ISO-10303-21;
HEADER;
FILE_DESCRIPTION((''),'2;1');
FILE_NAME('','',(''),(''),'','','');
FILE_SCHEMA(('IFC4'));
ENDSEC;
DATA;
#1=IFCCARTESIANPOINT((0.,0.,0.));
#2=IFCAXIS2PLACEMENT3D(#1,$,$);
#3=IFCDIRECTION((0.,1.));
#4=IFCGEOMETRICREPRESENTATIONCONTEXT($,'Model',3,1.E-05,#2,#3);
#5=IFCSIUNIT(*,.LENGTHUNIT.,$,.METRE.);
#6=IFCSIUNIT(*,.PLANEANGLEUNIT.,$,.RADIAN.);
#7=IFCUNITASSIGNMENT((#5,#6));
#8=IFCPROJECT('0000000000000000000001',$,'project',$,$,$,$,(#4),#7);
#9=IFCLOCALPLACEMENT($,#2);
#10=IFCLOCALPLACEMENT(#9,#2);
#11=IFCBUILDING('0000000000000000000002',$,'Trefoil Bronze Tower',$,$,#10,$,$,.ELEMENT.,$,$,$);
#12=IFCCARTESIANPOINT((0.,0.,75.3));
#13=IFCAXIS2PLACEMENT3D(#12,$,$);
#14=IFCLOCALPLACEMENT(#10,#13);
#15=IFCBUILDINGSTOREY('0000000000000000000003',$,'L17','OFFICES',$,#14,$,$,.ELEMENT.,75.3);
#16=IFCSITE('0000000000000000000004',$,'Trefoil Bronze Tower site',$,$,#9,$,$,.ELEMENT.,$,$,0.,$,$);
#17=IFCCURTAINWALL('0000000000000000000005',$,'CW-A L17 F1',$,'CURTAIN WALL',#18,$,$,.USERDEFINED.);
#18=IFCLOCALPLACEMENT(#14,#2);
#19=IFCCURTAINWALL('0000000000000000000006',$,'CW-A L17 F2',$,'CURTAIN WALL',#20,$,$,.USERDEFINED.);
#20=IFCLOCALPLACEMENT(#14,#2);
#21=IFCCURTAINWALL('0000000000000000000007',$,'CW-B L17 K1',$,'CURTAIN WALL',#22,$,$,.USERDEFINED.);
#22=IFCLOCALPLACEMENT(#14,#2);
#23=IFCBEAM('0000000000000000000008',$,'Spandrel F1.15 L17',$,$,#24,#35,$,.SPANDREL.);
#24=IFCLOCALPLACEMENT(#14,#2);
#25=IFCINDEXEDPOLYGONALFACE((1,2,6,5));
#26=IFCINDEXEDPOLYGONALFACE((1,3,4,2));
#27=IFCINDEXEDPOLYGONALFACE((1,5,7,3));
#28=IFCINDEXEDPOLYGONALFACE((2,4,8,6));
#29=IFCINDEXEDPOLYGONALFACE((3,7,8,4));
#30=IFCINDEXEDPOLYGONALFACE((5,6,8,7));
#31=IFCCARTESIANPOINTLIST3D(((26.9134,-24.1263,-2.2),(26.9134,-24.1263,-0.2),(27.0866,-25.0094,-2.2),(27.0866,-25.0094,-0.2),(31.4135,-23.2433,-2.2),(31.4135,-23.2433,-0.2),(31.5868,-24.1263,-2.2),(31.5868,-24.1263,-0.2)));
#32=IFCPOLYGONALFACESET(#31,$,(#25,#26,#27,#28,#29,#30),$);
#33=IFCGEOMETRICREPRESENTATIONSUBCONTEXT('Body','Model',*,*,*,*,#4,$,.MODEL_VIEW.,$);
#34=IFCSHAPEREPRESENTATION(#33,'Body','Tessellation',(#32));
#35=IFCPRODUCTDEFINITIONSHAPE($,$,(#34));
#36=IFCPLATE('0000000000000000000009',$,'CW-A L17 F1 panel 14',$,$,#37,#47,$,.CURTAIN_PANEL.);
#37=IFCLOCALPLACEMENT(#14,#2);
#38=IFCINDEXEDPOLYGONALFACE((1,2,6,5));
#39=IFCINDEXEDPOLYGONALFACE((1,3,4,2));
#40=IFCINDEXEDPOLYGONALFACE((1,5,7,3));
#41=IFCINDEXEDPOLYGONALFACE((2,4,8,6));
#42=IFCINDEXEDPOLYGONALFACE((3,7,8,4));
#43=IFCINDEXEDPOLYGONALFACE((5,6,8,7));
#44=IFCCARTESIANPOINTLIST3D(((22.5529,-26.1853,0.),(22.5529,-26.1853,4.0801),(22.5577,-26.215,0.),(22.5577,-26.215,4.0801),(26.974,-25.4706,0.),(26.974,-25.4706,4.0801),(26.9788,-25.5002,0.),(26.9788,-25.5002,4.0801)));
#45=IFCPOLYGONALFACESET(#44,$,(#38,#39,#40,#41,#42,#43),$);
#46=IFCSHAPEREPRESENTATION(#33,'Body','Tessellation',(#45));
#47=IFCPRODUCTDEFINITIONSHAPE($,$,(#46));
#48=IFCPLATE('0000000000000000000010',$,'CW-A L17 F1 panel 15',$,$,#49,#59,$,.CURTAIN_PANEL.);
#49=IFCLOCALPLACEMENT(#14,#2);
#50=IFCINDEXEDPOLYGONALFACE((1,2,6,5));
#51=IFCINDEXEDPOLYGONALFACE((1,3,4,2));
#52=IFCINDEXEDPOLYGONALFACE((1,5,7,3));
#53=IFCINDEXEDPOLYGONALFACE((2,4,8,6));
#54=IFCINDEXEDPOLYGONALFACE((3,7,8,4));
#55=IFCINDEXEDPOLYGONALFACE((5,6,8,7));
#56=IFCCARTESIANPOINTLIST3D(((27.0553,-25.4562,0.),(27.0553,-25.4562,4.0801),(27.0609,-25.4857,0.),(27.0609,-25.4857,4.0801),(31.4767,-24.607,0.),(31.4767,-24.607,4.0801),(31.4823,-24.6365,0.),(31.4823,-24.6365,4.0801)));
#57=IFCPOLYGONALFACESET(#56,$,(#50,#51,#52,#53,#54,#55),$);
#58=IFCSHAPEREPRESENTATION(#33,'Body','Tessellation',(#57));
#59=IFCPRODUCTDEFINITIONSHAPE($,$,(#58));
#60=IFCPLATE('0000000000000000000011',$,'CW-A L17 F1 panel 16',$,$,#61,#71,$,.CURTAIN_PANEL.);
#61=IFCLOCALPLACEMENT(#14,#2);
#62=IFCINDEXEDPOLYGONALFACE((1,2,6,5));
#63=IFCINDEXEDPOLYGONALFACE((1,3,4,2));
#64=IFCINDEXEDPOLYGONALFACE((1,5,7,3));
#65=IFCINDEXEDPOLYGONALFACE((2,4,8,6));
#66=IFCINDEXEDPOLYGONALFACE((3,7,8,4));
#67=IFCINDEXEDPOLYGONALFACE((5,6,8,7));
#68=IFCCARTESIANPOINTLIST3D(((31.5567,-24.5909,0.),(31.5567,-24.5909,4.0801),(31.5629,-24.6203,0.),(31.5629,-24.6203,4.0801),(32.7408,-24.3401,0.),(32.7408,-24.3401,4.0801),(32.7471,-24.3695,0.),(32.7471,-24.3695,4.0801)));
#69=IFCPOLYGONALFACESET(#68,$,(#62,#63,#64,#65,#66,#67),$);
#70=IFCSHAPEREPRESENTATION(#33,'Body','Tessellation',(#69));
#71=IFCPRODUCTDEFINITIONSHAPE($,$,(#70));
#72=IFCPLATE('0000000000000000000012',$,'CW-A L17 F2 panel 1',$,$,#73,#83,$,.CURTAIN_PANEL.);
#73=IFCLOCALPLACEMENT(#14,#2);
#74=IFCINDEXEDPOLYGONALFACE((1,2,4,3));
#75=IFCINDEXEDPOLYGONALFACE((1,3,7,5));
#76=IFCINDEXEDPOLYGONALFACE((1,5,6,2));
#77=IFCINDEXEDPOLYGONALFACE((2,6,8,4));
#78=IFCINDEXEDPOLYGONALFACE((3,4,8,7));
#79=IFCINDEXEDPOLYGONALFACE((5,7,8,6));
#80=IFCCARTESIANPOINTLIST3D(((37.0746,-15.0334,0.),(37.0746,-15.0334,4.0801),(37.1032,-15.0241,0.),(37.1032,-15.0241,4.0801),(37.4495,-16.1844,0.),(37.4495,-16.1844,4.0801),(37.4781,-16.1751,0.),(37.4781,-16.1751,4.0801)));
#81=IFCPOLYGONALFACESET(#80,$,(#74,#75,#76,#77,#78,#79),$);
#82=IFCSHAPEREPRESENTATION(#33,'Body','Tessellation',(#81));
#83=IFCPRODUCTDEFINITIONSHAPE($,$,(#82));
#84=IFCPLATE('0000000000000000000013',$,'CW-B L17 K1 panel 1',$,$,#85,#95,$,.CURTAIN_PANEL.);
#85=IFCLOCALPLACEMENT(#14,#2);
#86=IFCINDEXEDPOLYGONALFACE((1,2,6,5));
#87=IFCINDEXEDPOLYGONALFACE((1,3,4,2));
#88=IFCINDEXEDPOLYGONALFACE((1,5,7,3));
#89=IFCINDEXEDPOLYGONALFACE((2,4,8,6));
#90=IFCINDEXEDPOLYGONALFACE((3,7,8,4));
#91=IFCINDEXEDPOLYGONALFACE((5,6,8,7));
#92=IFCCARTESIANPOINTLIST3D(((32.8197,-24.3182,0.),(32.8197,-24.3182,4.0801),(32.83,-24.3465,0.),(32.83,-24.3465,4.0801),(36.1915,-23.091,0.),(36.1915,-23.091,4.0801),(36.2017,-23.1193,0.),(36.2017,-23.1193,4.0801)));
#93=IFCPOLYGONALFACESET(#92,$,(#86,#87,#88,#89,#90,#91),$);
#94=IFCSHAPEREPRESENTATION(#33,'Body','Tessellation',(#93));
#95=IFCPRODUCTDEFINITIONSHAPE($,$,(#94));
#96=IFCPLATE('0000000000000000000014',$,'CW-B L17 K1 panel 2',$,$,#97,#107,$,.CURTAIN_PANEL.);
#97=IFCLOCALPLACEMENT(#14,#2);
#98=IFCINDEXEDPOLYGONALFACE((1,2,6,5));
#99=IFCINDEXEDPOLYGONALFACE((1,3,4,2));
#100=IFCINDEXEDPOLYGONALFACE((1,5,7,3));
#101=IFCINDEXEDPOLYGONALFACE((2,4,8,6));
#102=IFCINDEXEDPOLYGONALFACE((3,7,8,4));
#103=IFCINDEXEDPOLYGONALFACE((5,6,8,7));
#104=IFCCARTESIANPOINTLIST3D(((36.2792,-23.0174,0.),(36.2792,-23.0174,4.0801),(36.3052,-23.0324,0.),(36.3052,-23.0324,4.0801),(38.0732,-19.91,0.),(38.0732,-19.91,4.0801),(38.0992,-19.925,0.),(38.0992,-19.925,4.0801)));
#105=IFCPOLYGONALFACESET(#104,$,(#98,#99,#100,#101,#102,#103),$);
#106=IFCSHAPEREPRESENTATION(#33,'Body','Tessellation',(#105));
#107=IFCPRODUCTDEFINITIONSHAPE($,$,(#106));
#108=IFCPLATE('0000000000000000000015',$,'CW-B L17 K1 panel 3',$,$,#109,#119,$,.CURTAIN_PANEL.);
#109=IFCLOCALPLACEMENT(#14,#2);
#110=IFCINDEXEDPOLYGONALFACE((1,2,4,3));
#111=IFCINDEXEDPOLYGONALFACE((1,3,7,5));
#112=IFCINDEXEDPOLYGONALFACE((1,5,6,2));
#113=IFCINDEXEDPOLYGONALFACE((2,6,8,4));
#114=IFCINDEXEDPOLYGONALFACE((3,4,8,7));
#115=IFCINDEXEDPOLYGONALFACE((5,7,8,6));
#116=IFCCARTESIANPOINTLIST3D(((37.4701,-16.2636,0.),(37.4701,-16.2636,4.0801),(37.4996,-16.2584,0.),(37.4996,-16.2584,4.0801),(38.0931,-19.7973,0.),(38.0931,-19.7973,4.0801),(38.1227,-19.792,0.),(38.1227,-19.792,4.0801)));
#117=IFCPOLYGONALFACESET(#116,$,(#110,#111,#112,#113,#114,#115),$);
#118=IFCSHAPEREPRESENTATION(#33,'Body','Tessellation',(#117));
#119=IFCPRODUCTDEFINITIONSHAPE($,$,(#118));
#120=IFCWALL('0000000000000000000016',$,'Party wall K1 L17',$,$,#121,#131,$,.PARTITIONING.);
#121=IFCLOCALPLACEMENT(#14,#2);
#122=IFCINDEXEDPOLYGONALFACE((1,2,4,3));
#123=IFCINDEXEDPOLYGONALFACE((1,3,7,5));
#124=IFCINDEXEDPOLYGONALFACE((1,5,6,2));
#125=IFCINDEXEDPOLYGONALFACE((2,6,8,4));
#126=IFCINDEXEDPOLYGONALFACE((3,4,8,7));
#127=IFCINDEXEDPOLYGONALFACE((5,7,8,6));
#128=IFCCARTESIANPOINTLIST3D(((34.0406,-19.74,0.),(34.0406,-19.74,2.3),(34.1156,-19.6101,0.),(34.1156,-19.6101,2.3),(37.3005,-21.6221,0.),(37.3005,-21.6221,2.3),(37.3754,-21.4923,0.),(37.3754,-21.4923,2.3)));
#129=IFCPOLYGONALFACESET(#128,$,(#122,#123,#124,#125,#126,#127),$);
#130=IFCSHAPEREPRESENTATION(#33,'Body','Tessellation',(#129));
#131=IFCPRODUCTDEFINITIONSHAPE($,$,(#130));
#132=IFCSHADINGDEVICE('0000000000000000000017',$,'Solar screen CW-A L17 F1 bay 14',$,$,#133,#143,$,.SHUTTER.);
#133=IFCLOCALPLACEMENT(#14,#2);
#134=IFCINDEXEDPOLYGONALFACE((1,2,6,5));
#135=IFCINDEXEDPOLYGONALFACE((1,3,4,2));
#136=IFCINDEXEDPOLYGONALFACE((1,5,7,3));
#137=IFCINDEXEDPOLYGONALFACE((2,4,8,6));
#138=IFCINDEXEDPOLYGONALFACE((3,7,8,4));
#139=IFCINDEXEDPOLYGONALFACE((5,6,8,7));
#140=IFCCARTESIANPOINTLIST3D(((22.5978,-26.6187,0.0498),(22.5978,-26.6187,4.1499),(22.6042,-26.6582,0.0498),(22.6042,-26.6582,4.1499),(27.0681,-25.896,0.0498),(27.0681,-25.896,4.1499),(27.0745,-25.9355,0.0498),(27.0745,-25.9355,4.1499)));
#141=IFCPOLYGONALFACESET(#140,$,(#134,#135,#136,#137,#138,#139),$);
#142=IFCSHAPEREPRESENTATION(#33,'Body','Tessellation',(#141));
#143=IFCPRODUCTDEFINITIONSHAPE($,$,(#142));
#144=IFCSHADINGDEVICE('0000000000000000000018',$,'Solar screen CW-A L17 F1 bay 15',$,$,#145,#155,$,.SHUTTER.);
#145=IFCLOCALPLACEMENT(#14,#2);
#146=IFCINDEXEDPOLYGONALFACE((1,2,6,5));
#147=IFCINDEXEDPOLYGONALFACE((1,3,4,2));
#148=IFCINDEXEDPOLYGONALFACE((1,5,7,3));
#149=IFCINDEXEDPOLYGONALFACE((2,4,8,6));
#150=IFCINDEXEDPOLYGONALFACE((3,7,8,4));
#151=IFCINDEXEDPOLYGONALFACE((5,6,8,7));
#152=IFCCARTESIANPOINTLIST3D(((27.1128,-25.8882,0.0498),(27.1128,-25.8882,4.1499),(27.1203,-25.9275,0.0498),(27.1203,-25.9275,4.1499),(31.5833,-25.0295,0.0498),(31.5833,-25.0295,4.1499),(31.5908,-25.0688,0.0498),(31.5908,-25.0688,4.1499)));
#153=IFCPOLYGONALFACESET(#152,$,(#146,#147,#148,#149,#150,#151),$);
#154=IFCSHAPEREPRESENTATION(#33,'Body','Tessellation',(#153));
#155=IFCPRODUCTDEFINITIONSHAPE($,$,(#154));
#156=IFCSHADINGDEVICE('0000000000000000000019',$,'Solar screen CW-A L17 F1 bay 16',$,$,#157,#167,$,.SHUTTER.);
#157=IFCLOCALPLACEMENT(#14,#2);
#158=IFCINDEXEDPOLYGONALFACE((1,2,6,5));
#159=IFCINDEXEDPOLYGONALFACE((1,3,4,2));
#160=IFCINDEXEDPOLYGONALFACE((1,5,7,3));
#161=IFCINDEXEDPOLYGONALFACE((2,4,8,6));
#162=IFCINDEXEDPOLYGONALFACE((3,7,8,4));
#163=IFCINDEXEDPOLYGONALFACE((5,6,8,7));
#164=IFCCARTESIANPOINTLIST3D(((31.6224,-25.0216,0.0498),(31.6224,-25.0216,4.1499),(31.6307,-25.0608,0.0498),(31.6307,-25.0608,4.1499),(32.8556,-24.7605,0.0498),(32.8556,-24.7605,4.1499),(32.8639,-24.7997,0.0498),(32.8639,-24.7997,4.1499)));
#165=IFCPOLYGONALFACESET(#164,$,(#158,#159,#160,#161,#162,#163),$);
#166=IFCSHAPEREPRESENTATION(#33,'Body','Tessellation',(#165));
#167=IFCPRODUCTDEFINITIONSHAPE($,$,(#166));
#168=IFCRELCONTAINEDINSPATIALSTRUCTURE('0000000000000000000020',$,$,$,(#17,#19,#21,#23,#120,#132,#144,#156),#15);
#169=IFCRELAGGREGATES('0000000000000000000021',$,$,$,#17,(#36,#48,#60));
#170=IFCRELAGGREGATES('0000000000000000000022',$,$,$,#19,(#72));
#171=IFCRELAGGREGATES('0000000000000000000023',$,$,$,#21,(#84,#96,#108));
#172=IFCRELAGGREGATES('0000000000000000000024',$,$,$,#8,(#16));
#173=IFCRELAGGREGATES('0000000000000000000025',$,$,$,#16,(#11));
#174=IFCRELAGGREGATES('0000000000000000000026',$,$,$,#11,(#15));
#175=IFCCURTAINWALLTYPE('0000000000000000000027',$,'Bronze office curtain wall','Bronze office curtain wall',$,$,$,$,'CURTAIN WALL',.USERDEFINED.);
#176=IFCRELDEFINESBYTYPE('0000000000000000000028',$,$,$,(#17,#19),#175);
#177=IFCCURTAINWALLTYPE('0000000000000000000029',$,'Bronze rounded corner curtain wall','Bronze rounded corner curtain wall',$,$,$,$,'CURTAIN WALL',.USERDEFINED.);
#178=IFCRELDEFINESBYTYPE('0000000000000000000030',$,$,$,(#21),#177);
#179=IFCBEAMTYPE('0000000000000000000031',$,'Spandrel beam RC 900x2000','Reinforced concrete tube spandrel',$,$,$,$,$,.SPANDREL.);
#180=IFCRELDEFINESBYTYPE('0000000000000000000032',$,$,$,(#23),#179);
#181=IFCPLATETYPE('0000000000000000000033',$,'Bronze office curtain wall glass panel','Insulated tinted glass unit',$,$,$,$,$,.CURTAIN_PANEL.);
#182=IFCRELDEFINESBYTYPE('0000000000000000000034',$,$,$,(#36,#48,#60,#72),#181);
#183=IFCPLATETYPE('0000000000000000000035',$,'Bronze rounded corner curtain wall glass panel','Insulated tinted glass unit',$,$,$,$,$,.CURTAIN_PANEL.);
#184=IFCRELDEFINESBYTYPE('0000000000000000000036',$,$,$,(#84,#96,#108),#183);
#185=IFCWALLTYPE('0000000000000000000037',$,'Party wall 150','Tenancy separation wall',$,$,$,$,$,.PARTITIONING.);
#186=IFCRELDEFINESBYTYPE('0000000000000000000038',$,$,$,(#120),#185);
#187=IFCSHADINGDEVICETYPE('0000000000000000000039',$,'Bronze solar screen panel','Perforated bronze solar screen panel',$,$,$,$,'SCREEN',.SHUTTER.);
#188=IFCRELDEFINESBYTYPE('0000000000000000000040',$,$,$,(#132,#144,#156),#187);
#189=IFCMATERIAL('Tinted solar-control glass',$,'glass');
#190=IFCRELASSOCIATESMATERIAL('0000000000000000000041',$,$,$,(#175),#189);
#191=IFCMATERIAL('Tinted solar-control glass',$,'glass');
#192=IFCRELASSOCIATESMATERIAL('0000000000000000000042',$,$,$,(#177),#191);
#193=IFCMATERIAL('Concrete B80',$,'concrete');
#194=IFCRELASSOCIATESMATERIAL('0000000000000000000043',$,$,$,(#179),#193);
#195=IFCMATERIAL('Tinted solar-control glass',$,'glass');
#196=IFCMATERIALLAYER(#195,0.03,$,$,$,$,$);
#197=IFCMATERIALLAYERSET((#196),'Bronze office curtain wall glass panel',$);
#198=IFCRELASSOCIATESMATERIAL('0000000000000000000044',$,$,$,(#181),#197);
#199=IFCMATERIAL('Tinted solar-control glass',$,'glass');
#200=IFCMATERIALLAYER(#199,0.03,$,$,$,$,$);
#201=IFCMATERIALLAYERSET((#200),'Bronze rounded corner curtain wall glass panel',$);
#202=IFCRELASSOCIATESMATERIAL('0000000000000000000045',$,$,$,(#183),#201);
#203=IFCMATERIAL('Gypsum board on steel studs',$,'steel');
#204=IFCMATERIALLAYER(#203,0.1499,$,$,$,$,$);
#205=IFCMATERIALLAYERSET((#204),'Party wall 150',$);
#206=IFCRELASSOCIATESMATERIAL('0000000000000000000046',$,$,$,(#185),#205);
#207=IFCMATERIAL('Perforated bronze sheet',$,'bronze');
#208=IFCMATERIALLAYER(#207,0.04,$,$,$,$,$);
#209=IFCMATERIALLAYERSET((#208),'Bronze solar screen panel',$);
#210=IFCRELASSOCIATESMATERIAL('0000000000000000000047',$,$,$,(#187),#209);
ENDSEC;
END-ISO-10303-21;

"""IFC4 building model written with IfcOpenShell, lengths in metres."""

from ifc_helpers import new_model, si_unit, direction, frame, frame_2d, origin, origin_2d, place, context, subcontext, project, spatial, rectangle, extrude, material, layer, layer_set, material_profile, profile_set, type_object, element, aggregate, save


model = new_model("IFC4")

# Units and contexts
model_context = context("Model", 3, precision=1e-05, world=origin(), true_north=direction((0.0, 1.0)))
body_context = subcontext(model_context, "Body", "Model", "MODEL_VIEW")
ifc_project = project(units=[si_unit("LENGTHUNIT", "METRE"), si_unit("PLANEANGLEUNIT", "RADIAN")], contexts=[model_context])

# Site, building, storey
site_placement = place(None, origin())
site = spatial("IfcSite", under=ifc_project, at=site_placement, Name="Trefoil Bronze Tower site", CompositionType="ELEMENT", RefElevation=0.0)
building_placement = place(site_placement, origin())
building = spatial("IfcBuilding", under=site, at=building_placement, Name="Trefoil Bronze Tower", CompositionType="ELEMENT")
storey_placement = place(building_placement, frame((0.0, 0.0, 75.3)))
storey = spatial("IfcBuildingStorey", under=building, at=storey_placement, Name="L17", Description="OFFICES", CompositionType="ELEMENT", Elevation=75.3)

# Curtain wall
ifc_material_1 = material(Name="Tinted solar-control glass", Category="glass")
curtain_wall_type_1 = type_object("IfcCurtainWallType", Name="Bronze office curtain wall", Description="Bronze office curtain wall", ElementType="CURTAIN WALL", PredefinedType="USERDEFINED", material=ifc_material_1)
curtain_wall_1_placement = place(storey_placement, origin())
curtain_wall_1 = element("IfcCurtainWall", 1, at=curtain_wall_1_placement, inside=storey, type_object=curtain_wall_type_1, Name="CW-A L17 F1", ObjectType="CURTAIN WALL", PredefinedType="USERDEFINED")

# Curtain wall
curtain_wall_2_placement = place(storey_placement, origin())
curtain_wall_2 = element("IfcCurtainWall", 2, at=curtain_wall_2_placement, inside=storey, type_object=curtain_wall_type_1, Name="CW-A L17 F2", ObjectType="CURTAIN WALL", PredefinedType="USERDEFINED")

# Curtain wall
ifc_material_2 = material(Name="Tinted solar-control glass", Category="glass")
curtain_wall_type_2 = type_object("IfcCurtainWallType", Name="Bronze rounded corner curtain wall", Description="Bronze rounded corner curtain wall", ElementType="CURTAIN WALL", PredefinedType="USERDEFINED", material=ifc_material_2)
curtain_wall_3_placement = place(storey_placement, origin())
curtain_wall_3 = element("IfcCurtainWall", 3, at=curtain_wall_3_placement, inside=storey, type_object=curtain_wall_type_2, Name="CW-B L17 K1", ObjectType="CURTAIN WALL", PredefinedType="USERDEFINED")

# Beam
ifc_material_3 = material(Name="Concrete B80", Category="concrete")
ifc_material_profile_1 = material_profile(ifc_material_3, rectangle(XDim=0.8999, YDim=2.0, at=origin_2d()), Name="RC 900x2000")
ifc_profile_set_1 = profile_set([ifc_material_profile_1], Name="Concrete B80")
beam_type_1 = type_object("IfcBeamType", Name="Spandrel beam RC 900x2000", Description="Reinforced concrete tube spandrel", PredefinedType="SPANDREL", material=ifc_profile_set_1)
beam_1_placement = place(storey_placement, frame((27.0, -24.5679, -1.2), z_axis=(0.981285, 0.192562, 0.0), x_axis=(-0.192562, 0.981285, 0.0)))
element("IfcBeam", 4, at=beam_1_placement, inside=storey, type_object=beam_type_1, Name="Spandrel F1.15 L17", PredefinedType="SPANDREL", context=body_context, shape_type="SweptSolid", body=[
    extrude(rectangle(XDim=0.8999, YDim=2.0, at=origin_2d()), origin(), (0.0, 0.0, 1.0), 4.5859),
])

# Plates
ifc_material_4 = material(Name="Tinted solar-control glass", Category="glass")
ifc_layer_1 = layer(ifc_material_4, 0.03)
ifc_layer_set_1 = layer_set([ifc_layer_1], Name="Bronze office curtain wall glass panel")
plate_type_1 = type_object("IfcPlateType", Name="Bronze office curtain wall glass panel", Description="Insulated tinted glass unit", PredefinedType="CURTAIN_PANEL", material=ifc_layer_set_1)
plate_1_placement = place(storey_placement, frame((24.7659, -25.8428, 0.0), z_axis=(0.0, 0.0, 1.0), x_axis=(0.987181, 0.159603, 0.0)))
plate_1 = element("IfcPlate", 5, at=plate_1_placement, type_object=plate_type_1, Name="CW-A L17 F1 panel 14", PredefinedType="CURTAIN_PANEL", context=body_context, shape_type="SweptSolid", body=[
    extrude(rectangle(XDim=4.4785, YDim=0.03, at=origin_2d()), origin(), (0.0, 0.0, 1.0), 4.0801),
])
plate_2_placement = place(storey_placement, frame((29.2688, -25.0464, 0.0), z_axis=(0.0, 0.0, 1.0), x_axis=(0.98205, 0.188622, 0.0)))
plate_2 = element("IfcPlate", 6, at=plate_2_placement, type_object=plate_type_1, Name="CW-A L17 F1 panel 15", PredefinedType="CURTAIN_PANEL", context=body_context, shape_type="SweptSolid", body=[
    extrude(rectangle(XDim=4.5022, YDim=0.03, at=origin_2d()), origin(), (0.0, 0.0, 1.0), 4.0801),
])
plate_3_placement = place(storey_placement, frame((32.1519, -24.4802, 0.0), z_axis=(0.0, 0.0, 1.0), x_axis=(0.978303, 0.207181, 0.0)))
plate_3 = element("IfcPlate", 7, at=plate_3_placement, type_object=plate_type_1, Name="CW-A L17 F1 panel 16", PredefinedType="CURTAIN_PANEL", context=body_context, shape_type="SweptSolid", body=[
    extrude(rectangle(XDim=1.2104, YDim=0.03, at=origin_2d()), origin(), (0.0, 0.0, 1.0), 4.0801),
])
aggregate(curtain_wall_1, [plate_1, plate_2, plate_3])
plate_4_placement = place(storey_placement, frame((37.2764, -15.6042, 0.0), z_axis=(0.0, 0.0, 1.0), x_axis=(-0.309728, 0.950825, 0.0)))
plate_4 = element("IfcPlate", 8, at=plate_4_placement, type_object=plate_type_1, Name="CW-A L17 F2 panel 1", PredefinedType="CURTAIN_PANEL", context=body_context, shape_type="SweptSolid", body=[
    extrude(rectangle(XDim=1.2104, YDim=0.03, at=origin_2d()), origin(), (0.0, 0.0, 1.0), 4.0801),
])
aggregate(curtain_wall_2, [plate_4])
ifc_material_5 = material(Name="Tinted solar-control glass", Category="glass")
ifc_layer_2 = layer(ifc_material_5, 0.03)
ifc_layer_set_2 = layer_set([ifc_layer_2], Name="Bronze rounded corner curtain wall glass panel")
plate_type_2 = type_object("IfcPlateType", Name="Bronze rounded corner curtain wall glass panel", Description="Insulated tinted glass unit", PredefinedType="CURTAIN_PANEL", material=ifc_layer_set_2)
plate_5_placement = place(storey_placement, frame((34.5107, -23.7188, 0.0), z_axis=(0.0, 0.0, 1.0), x_axis=(0.939693, 0.34202, 0.0)))
plate_5 = element("IfcPlate", 9, at=plate_5_placement, type_object=plate_type_2, Name="CW-B L17 K1 panel 1", PredefinedType="CURTAIN_PANEL", context=body_context, shape_type="SweptSolid", body=[
    extrude(rectangle(XDim=3.5881, YDim=0.03, at=origin_2d()), origin(), (0.0, 0.0, 1.0), 4.0801),
])
plate_6_placement = place(storey_placement, frame((37.1892, -21.4712, 0.0), z_axis=(0.0, 0.0, 1.0), x_axis=(0.5, 0.866025, 0.0)))
plate_6 = element("IfcPlate", 10, at=plate_6_placement, type_object=plate_type_2, Name="CW-B L17 K1 panel 2", PredefinedType="CURTAIN_PANEL", context=body_context, shape_type="SweptSolid", body=[
    extrude(rectangle(XDim=3.5881, YDim=0.03, at=origin_2d()), origin(), (0.0, 0.0, 1.0), 4.0801),
])
plate_7_placement = place(storey_placement, frame((37.7964, -18.0278, 0.0), z_axis=(0.0, 0.0, 1.0), x_axis=(-0.173648, 0.984808, 0.0)))
plate_7 = element("IfcPlate", 11, at=plate_7_placement, type_object=plate_type_2, Name="CW-B L17 K1 panel 3", PredefinedType="CURTAIN_PANEL", context=body_context, shape_type="SweptSolid", body=[
    extrude(rectangle(XDim=3.5881, YDim=0.03, at=origin_2d()), origin(), (0.0, 0.0, 1.0), 4.0801),
])
aggregate(curtain_wall_3, [plate_5, plate_6, plate_7])

# Wall
ifc_material_6 = material(Name="Gypsum board on steel studs", Category="steel")
ifc_layer_3 = layer(ifc_material_6, 0.1499)
ifc_layer_set_3 = layer_set([ifc_layer_3], Name="Party wall 150")
wall_type = type_object("IfcWallType", Name="Party wall 150", Description="Tenancy separation wall", PredefinedType="PARTITIONING", material=ifc_layer_set_3)
wall_placement = place(storey_placement, frame((34.0781, -19.675, 0.0), z_axis=(0.0, 0.0, 1.0), x_axis=(0.866019, -0.500011, 0.0)))
element("IfcWall", 12, at=wall_placement, inside=storey, type_object=wall_type, Name="Party wall K1 L17", PredefinedType="PARTITIONING", context=body_context, shape_type="SweptSolid", body=[
    extrude(rectangle(XDim=3.7642, YDim=0.1499, at=frame_2d((1.8821, 0.0))), origin(), (0.0, 0.0, 1.0), 2.3),
])

# Shading devices
ifc_material_7 = material(Name="Perforated bronze sheet", Category="bronze")
ifc_layer_4 = layer(ifc_material_7, 0.04)
ifc_layer_set_4 = layer_set([ifc_layer_4], Name="Bronze solar screen panel")
shading_device_type = type_object("IfcShadingDeviceType", Name="Bronze solar screen panel", Description="Perforated bronze solar screen panel", ElementType="SCREEN", PredefinedType="SHUTTER", material=ifc_layer_set_4)
shading_device_1_placement = place(storey_placement, frame((24.8362, -26.2771, 0.0498), z_axis=(0.0, 0.0, 1.0), x_axis=(0.987181, 0.159603, 0.0)))
element("IfcShadingDevice", 13, at=shading_device_1_placement, inside=storey, type_object=shading_device_type, Name="Solar screen CW-A L17 F1 bay 14", PredefinedType="SHUTTER", context=body_context, shape_type="SweptSolid", body=[
    extrude(rectangle(XDim=4.5283, YDim=0.04, at=origin_2d()), origin(), (0.0, 0.0, 1.0), 4.1001),
])
shading_device_2_placement = place(storey_placement, frame((29.3518, -25.4785, 0.0498), z_axis=(0.0, 0.0, 1.0), x_axis=(0.98205, 0.188622, 0.0)))
element("IfcShadingDevice", 14, at=shading_device_2_placement, inside=storey, type_object=shading_device_type, Name="Solar screen CW-A L17 F1 bay 15", PredefinedType="SHUTTER", context=body_context, shape_type="SweptSolid", body=[
    extrude(rectangle(XDim=4.5522, YDim=0.04, at=origin_2d()), origin(), (0.0, 0.0, 1.0), 4.1001),
])
shading_device_3_placement = place(storey_placement, frame((32.2432, -24.9106, 0.0498), z_axis=(0.0, 0.0, 1.0), x_axis=(0.978303, 0.207181, 0.0)))
element("IfcShadingDevice", 15, at=shading_device_3_placement, inside=storey, type_object=shading_device_type, Name="Solar screen CW-A L17 F1 bay 16", PredefinedType="SHUTTER", context=body_context, shape_type="SweptSolid", body=[
    extrude(rectangle(XDim=1.2605, YDim=0.04, at=origin_2d()), origin(), (0.0, 0.0, 1.0), 4.1001),
])

save(model, "model.ifc")
